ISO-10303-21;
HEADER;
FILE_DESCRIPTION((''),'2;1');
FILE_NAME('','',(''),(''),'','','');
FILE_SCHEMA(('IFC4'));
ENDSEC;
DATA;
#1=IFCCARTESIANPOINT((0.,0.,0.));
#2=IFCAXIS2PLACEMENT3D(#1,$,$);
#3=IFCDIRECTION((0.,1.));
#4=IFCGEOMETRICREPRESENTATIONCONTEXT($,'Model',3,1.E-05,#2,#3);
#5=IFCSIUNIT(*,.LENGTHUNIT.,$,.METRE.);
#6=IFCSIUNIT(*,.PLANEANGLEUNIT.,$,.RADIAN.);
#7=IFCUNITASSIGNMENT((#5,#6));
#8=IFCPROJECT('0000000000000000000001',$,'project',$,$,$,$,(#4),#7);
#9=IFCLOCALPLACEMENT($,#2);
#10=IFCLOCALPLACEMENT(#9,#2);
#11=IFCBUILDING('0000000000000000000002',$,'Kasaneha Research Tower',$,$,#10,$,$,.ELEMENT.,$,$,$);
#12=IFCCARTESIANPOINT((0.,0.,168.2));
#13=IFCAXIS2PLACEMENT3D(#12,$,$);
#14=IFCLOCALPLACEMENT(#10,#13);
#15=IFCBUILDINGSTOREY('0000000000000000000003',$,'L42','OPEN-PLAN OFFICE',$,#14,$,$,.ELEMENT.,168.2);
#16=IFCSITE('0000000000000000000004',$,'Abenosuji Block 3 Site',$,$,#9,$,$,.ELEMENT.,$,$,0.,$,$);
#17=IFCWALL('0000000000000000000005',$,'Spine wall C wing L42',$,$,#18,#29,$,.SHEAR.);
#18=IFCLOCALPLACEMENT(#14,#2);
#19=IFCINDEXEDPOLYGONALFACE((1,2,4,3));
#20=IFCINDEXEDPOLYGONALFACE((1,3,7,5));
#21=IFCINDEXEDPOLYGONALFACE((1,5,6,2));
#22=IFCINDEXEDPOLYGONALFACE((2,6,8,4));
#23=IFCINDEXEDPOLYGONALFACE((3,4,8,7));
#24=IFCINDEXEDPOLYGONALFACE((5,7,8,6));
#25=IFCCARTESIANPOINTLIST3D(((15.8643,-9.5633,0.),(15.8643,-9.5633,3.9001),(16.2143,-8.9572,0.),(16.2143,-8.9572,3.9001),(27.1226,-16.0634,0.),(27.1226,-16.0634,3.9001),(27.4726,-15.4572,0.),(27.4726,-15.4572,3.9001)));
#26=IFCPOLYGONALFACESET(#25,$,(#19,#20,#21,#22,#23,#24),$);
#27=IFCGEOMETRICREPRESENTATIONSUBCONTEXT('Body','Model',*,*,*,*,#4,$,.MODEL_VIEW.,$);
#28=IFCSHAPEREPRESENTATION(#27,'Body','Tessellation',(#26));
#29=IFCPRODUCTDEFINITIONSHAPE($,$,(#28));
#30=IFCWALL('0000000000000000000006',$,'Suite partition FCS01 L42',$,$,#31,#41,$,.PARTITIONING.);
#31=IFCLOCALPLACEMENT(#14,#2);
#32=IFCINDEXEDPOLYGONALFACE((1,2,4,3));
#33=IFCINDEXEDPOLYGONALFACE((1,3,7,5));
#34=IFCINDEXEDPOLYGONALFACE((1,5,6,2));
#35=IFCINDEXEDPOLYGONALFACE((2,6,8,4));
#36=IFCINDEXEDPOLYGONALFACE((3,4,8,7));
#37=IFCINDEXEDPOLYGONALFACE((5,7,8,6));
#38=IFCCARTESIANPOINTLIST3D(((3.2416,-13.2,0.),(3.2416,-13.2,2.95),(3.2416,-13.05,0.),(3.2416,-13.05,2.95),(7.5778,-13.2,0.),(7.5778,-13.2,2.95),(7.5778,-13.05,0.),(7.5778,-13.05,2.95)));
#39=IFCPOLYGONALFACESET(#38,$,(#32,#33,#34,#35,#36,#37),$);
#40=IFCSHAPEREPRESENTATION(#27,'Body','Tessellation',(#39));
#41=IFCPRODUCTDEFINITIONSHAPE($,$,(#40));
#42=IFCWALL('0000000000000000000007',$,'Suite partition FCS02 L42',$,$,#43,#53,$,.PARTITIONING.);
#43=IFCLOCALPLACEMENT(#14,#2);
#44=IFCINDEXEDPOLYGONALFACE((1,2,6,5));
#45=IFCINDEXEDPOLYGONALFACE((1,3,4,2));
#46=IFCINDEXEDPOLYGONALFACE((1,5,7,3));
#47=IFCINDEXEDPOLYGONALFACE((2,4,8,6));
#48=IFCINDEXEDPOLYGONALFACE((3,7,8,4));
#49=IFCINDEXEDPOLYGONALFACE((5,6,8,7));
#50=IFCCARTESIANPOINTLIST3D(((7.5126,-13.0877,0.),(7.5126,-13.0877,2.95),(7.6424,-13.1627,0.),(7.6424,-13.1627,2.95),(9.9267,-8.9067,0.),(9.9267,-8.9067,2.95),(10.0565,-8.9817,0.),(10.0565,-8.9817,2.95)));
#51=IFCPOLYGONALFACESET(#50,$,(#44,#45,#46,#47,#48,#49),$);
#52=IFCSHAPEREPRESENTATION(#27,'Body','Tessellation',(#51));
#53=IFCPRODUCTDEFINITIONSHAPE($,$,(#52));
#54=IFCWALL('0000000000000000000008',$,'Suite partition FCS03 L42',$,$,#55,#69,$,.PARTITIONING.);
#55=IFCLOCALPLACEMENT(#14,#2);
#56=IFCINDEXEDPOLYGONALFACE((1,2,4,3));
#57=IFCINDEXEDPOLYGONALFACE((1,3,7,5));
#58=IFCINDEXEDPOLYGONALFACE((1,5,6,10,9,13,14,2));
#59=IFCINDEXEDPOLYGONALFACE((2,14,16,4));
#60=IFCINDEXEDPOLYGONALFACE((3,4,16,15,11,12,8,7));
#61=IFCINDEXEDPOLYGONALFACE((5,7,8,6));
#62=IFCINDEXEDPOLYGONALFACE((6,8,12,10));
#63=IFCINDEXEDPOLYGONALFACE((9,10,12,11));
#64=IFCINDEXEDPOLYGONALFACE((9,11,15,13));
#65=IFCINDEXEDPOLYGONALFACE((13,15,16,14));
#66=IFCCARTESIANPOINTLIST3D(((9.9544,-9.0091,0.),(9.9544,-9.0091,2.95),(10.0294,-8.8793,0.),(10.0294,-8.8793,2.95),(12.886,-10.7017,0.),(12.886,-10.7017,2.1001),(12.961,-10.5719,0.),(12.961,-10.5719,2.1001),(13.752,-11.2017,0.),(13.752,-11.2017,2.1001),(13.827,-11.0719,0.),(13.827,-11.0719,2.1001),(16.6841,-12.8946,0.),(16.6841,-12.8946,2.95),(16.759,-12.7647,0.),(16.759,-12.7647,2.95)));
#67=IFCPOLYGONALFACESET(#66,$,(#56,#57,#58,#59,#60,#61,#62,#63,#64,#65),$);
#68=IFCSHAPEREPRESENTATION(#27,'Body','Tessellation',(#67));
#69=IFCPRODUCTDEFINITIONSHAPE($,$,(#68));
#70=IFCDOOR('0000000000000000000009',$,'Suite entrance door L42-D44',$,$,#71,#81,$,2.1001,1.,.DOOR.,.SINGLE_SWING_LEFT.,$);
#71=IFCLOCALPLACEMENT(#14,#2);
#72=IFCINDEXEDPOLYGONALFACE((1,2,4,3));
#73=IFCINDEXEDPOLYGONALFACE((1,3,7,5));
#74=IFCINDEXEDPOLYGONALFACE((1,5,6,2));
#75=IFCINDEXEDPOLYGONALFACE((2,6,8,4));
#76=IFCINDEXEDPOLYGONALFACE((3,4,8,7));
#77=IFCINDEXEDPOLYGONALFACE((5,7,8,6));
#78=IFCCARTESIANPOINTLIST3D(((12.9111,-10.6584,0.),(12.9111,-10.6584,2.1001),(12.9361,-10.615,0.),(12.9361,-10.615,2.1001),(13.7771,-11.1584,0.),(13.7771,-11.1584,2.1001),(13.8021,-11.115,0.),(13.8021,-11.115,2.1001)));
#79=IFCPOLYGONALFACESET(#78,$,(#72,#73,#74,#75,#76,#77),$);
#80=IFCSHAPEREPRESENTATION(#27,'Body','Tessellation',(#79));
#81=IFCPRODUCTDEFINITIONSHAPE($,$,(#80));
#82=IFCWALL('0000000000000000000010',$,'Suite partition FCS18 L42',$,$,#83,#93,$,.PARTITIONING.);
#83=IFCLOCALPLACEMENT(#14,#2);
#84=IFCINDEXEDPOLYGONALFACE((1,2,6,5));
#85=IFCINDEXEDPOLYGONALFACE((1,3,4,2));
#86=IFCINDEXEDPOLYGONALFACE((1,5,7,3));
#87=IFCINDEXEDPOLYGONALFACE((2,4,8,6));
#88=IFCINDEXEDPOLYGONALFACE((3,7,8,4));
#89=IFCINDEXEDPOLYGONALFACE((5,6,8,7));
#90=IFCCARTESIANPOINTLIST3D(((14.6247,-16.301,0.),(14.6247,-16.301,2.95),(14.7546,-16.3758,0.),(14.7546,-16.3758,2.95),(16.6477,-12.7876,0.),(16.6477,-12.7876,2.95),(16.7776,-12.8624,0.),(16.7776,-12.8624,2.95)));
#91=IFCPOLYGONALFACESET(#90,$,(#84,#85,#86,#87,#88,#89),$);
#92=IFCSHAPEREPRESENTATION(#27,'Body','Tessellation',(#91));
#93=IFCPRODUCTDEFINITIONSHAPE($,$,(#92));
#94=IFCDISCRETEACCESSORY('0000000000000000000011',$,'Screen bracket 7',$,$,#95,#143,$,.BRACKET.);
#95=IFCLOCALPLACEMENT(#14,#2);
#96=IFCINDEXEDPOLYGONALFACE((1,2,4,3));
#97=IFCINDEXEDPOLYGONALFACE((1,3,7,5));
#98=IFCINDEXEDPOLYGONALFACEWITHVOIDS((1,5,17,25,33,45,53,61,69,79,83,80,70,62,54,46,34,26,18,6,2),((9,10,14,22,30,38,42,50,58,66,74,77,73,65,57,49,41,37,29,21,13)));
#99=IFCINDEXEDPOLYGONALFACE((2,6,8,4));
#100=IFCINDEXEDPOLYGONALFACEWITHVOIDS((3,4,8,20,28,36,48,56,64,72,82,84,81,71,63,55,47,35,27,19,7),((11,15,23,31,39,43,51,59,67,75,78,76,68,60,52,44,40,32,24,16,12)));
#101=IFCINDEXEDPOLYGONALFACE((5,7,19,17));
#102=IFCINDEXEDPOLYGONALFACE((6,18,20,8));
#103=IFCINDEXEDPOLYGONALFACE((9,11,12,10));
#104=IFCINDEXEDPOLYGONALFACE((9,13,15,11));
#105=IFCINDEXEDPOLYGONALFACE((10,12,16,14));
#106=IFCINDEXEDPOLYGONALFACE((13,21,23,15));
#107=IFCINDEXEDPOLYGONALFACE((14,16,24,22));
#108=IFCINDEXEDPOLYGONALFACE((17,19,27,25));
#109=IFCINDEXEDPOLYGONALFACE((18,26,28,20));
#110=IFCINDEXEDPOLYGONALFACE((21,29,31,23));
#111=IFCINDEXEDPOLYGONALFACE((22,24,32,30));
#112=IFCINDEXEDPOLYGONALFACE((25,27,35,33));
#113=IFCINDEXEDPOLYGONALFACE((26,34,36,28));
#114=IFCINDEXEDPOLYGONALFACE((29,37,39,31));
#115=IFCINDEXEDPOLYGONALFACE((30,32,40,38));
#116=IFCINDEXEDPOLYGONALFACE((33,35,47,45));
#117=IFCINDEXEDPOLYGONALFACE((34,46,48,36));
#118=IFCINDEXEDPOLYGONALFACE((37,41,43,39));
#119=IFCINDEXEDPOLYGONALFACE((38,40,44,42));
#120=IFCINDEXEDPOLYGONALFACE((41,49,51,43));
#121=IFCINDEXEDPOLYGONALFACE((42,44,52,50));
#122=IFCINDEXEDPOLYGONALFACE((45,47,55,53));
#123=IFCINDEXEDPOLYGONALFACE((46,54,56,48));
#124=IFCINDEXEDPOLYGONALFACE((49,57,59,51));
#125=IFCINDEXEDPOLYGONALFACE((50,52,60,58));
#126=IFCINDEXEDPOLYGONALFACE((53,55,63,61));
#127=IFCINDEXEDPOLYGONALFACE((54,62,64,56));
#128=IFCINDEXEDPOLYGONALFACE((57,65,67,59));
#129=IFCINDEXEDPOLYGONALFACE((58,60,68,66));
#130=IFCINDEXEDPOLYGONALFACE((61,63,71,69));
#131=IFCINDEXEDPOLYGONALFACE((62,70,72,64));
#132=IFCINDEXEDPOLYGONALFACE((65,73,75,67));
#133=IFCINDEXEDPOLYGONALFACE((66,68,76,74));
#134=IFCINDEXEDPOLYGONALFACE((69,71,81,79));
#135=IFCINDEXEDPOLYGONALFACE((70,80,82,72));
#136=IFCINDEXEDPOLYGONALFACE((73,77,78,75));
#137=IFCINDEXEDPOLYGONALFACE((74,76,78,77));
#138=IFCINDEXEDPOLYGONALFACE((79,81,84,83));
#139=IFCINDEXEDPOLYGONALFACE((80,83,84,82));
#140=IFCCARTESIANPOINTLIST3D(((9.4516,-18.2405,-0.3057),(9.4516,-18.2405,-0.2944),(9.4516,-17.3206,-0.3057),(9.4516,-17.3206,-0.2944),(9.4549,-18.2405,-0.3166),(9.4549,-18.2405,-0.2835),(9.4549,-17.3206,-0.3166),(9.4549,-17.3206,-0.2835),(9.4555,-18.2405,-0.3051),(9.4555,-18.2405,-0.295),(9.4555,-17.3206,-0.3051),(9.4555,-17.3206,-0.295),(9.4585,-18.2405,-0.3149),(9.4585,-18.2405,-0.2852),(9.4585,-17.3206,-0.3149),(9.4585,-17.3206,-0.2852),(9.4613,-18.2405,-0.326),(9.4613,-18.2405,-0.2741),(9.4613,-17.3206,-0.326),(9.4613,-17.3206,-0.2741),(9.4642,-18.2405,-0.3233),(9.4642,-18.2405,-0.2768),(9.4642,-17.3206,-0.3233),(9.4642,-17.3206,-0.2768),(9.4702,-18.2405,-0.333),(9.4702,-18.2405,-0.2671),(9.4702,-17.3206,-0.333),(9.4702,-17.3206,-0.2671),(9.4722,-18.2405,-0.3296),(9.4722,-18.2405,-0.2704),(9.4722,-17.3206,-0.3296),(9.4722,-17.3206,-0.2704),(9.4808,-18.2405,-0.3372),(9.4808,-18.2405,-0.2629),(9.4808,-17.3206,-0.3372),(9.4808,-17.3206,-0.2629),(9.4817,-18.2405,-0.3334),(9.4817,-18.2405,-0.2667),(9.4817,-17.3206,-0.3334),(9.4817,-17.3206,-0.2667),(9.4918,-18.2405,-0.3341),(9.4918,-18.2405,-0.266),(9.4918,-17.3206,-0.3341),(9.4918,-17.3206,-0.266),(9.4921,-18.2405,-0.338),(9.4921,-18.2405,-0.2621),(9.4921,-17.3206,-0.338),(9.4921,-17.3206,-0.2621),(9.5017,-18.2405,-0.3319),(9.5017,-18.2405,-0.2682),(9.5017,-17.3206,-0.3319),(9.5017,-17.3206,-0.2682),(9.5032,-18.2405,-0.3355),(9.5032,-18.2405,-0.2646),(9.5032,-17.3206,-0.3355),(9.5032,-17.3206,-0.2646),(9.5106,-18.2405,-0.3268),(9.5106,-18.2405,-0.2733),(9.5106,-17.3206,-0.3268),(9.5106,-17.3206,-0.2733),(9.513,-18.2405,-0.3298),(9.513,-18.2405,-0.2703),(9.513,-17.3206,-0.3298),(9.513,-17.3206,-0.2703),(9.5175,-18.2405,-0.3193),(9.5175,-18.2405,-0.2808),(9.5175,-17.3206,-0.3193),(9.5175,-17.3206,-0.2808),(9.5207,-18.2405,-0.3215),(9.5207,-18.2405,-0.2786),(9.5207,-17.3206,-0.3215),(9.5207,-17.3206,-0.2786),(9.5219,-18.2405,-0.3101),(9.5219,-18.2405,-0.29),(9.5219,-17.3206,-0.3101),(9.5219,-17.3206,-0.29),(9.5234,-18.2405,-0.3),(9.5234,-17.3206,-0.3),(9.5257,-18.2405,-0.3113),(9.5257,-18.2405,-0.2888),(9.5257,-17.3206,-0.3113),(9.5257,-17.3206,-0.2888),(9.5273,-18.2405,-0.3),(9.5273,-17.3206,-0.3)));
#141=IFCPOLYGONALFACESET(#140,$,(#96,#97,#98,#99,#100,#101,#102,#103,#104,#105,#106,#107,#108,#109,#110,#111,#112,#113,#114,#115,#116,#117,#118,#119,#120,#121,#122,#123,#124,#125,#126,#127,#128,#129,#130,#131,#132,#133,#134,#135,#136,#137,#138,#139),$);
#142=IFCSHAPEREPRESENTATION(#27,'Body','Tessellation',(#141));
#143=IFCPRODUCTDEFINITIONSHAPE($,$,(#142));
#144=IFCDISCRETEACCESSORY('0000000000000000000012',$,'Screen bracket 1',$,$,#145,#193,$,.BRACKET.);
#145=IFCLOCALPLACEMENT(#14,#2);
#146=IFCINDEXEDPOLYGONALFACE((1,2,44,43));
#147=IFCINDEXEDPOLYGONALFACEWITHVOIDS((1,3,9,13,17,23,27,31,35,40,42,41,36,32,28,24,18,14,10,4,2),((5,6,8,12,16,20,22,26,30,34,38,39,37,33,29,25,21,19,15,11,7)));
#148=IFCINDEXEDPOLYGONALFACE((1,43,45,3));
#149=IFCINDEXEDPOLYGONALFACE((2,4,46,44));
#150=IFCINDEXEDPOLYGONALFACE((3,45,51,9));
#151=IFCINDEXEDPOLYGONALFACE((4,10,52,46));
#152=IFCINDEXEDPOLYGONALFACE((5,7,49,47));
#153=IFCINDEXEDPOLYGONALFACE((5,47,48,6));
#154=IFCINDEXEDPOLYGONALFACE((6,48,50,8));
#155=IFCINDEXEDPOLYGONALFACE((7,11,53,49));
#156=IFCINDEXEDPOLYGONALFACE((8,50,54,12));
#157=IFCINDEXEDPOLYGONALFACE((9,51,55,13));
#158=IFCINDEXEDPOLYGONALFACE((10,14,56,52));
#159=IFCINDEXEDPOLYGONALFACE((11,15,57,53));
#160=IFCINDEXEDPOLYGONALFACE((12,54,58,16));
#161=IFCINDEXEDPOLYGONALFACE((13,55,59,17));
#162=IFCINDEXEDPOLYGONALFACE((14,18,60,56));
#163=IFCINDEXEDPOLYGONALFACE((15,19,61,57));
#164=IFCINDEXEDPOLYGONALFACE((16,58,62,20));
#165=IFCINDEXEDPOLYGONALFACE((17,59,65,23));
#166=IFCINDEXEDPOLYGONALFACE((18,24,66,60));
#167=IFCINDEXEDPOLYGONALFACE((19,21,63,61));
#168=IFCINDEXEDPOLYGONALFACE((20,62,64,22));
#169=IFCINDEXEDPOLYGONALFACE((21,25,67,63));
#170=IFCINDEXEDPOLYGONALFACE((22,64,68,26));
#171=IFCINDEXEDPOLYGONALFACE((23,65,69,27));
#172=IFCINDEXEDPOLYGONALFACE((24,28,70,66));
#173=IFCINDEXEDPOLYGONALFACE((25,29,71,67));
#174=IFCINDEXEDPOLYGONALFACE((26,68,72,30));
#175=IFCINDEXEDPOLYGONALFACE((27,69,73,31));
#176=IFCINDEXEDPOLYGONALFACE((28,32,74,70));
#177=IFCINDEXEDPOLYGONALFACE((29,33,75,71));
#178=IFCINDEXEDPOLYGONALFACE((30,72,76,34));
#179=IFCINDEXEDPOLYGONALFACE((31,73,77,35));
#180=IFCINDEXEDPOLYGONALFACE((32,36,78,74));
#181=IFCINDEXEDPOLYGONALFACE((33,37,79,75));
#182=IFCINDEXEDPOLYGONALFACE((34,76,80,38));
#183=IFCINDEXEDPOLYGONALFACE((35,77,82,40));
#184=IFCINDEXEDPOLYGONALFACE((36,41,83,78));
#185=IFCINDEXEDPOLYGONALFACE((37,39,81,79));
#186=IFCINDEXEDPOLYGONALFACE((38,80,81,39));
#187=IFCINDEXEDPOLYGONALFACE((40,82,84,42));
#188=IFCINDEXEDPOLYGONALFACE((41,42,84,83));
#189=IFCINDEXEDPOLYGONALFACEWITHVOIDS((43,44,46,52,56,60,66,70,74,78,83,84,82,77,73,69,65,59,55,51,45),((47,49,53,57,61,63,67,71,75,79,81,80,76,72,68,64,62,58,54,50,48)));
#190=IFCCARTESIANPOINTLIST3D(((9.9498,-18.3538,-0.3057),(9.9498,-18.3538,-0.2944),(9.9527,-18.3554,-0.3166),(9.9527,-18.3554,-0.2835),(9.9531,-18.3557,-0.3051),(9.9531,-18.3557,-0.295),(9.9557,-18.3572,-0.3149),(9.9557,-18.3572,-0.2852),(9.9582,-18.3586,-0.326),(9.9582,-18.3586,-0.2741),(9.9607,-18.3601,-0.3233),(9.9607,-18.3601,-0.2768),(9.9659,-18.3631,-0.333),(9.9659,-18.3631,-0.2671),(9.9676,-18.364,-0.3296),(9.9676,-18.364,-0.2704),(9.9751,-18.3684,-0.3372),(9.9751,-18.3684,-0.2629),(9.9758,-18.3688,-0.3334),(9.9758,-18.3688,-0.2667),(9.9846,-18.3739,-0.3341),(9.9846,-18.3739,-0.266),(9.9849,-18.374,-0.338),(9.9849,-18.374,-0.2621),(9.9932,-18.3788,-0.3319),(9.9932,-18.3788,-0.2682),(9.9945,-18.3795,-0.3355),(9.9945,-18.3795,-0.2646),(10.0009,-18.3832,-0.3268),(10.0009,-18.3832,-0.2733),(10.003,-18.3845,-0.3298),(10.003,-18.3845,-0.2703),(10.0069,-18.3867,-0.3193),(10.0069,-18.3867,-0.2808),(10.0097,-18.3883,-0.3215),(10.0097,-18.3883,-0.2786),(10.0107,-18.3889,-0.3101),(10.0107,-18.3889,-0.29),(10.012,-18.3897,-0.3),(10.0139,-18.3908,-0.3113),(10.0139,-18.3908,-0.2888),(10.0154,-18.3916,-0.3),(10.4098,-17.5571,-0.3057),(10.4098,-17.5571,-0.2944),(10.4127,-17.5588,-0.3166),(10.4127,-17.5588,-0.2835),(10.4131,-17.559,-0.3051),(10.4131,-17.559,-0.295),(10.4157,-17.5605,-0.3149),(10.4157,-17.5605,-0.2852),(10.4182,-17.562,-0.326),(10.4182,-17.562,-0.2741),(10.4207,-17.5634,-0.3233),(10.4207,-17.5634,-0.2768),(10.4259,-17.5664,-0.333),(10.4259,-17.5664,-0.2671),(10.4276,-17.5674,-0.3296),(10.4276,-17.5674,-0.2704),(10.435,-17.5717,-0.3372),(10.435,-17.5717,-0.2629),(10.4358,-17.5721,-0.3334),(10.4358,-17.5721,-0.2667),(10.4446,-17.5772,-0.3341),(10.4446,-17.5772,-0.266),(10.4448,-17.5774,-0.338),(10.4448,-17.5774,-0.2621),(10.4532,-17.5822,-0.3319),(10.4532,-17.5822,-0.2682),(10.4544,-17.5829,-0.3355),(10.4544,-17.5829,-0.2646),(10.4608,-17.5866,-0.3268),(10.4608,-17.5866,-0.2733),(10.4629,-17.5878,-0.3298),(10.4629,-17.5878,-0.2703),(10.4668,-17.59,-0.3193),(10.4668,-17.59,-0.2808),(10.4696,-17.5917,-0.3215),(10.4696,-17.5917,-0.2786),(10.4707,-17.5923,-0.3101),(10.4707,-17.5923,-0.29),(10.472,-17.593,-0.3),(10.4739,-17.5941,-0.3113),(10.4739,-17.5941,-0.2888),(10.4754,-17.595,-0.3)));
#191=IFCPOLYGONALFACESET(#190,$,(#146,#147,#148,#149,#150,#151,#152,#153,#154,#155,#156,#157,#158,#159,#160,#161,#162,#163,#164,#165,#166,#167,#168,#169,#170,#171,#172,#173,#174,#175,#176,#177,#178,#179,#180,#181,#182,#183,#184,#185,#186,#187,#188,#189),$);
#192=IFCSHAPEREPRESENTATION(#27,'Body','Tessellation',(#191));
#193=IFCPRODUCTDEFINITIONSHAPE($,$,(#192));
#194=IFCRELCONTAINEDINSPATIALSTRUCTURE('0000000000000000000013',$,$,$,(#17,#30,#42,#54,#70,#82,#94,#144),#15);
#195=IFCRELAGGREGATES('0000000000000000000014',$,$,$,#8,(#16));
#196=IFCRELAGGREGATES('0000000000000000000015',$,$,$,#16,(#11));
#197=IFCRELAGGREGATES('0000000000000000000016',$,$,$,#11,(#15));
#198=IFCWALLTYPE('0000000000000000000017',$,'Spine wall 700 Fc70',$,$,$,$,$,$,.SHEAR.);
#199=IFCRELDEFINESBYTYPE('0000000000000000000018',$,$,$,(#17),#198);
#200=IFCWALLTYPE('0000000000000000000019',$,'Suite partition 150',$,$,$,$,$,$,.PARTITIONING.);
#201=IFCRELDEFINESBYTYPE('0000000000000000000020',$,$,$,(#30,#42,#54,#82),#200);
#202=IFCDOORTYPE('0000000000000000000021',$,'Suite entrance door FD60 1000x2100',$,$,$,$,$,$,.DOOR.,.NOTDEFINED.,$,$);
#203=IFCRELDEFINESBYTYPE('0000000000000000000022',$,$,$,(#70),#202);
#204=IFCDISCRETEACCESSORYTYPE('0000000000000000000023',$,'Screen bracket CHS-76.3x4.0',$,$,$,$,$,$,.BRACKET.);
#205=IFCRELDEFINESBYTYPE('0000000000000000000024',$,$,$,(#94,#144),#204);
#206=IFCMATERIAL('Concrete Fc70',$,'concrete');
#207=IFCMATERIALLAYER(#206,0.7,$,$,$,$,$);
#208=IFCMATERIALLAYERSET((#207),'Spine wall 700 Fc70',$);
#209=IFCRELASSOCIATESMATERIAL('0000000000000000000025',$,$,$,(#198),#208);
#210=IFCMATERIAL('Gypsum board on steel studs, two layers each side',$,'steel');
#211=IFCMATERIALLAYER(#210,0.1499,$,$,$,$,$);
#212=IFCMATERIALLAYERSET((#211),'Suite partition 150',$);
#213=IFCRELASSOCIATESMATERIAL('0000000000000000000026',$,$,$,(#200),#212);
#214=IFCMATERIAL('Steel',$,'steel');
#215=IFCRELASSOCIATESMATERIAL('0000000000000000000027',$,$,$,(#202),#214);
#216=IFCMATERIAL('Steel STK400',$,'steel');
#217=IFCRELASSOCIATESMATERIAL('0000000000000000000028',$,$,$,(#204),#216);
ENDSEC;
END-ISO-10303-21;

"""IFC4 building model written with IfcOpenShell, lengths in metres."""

from ifc_helpers import new_model, si_unit, direction, frame, frame_2d, origin, origin_2d, place, context, subcontext, project, spatial, rectangle, hollow_circle, extrude, material, layer, layer_set, material_profile, profile_set, type_object, element, fill, save


model = new_model("IFC4")

# Units and contexts
model_context = context("Model", 3, precision=1e-05, world=origin(), true_north=direction((0.0, 1.0)))
body_context = subcontext(model_context, "Body", "Model", "MODEL_VIEW")
ifc_project = project(units=[si_unit("LENGTHUNIT", "METRE"), si_unit("PLANEANGLEUNIT", "RADIAN")], contexts=[model_context])

# Site, building, storey
site_placement = place(None, origin())
site = spatial("IfcSite", under=ifc_project, at=site_placement, Name="Abenosuji Block 3 Site", CompositionType="ELEMENT", RefElevation=0.0)
building_placement = place(site_placement, origin())
building = spatial("IfcBuilding", under=site, at=building_placement, Name="Kasaneha Research Tower", CompositionType="ELEMENT")
storey_placement = place(building_placement, frame((0.0, 0.0, 168.2)))
storey = spatial("IfcBuildingStorey", under=building, at=storey_placement, Name="L42", Description="OPEN-PLAN OFFICE", CompositionType="ELEMENT", Elevation=168.2)

# Shared definitions
ifc_material_1 = material(Name="Concrete Fc70", Category="concrete")
ifc_layer_1 = layer(ifc_material_1, 0.7)
ifc_layer_set_1 = layer_set([ifc_layer_1], Name="Spine wall 700 Fc70")
wall_type_1 = type_object("IfcWallType", Name="Spine wall 700 Fc70", PredefinedType="SHEAR", material=ifc_layer_set_1)

# Walls
wall_1_placement = place(storey_placement, frame((16.0393, -9.2603, 0.0), z_axis=(0.0, 0.0, 1.0), x_axis=(0.866025, -0.500001, 0.0)))
element("IfcWall", 1, at=wall_1_placement, inside=storey, type_object=wall_type_1, Name="Spine wall C wing L42", PredefinedType="SHEAR", context=body_context, shape_type="SweptSolid", body=[
    extrude(rectangle(XDim=13.0, YDim=0.7, at=frame_2d((6.5, 0.0))), origin(), (0.0, 0.0, 1.0), 3.9001),
])
ifc_material_2 = material(Name="Gypsum board on steel studs, two layers each side", Category="steel")
ifc_layer_2 = layer(ifc_material_2, 0.1499)
ifc_layer_set_2 = layer_set([ifc_layer_2], Name="Suite partition 150")
wall_type_2 = type_object("IfcWallType", Name="Suite partition 150", PredefinedType="PARTITIONING", material=ifc_layer_set_2)
wall_2_placement = place(storey_placement, frame((7.5776, -13.125, 0.0), z_axis=(0.0, 0.0, 1.0), x_axis=(-1.0, 0.0, 0.0)))
element("IfcWall", 2, at=wall_2_placement, inside=storey, type_object=wall_type_2, Name="Suite partition FCS01 L42", PredefinedType="PARTITIONING", context=body_context, shape_type="SweptSolid", body=[
    extrude(rectangle(XDim=4.3362, YDim=0.1499, at=frame_2d((2.168, 0.0))), origin(), (0.0, 0.0, 1.0), 2.95),
])
wall_3_placement = place(storey_placement, frame((9.9917, -8.9441, 0.0), z_axis=(0.0, 0.0, 1.0), x_axis=(-0.500033, -0.866006, 0.0)))
element("IfcWall", 3, at=wall_3_placement, inside=storey, type_object=wall_type_2, Name="Suite partition FCS02 L42", PredefinedType="PARTITIONING", context=body_context, shape_type="SweptSolid", body=[
    extrude(rectangle(XDim=4.8279, YDim=0.1499, at=frame_2d((2.4141, 0.0))), origin(), (0.0, 0.0, 1.0), 2.95),
])

# Wall, opening, door
wall_4_placement = place(storey_placement, frame((16.7214, -12.8296, 0.0), z_axis=(0.0, 0.0, 1.0), x_axis=(-0.866021, 0.500008, 0.0)))
wall_4 = element("IfcWall", 4, at=wall_4_placement, inside=storey, type_object=wall_type_2, Name="Suite partition FCS03 L42", PredefinedType="PARTITIONING", context=body_context, shape_type="SweptSolid", body=[
    extrude(rectangle(XDim=7.7708, YDim=0.1499, at=frame_2d((3.8853, 0.0))), origin(), (0.0, 0.0, 1.0), 2.95),
])
opening_1_placement = place(wall_4_placement, frame((3.3855, 0.0, 0.0)))
opening_1 = element("IfcOpeningElement", 5, at=opening_1_placement, cuts=wall_4, PredefinedType="OPENING", context=body_context, shape_type="SweptSolid", body=[
    extrude(rectangle(XDim=1.0, YDim=2.1001, at=frame_2d((0.5, 1.05))), frame((0.0, 0.085, 0.0), z_axis=(0.0, -1.0, 0.0), x_axis=(1.0, 0.0, 0.0)), (0.0, 0.0, 1.0), 0.1699),
])
ifc_material_3 = material(Name="Steel", Category="steel")
door_type_1 = type_object("IfcDoorType", Name="Suite entrance door FD60 1000x2100", OperationType="NOTDEFINED", PredefinedType="DOOR", material=ifc_material_3)
door_1_placement = place(opening_1_placement, origin())
door_1 = element("IfcDoor", 6, at=door_1_placement, inside=storey, type_object=door_type_1, Name="Suite entrance door L42-D44", OperationType="SINGLE_SWING_LEFT", OverallHeight=2.1001, OverallWidth=1.0, PredefinedType="DOOR", context=body_context, shape_type="SweptSolid", body=[
    extrude(rectangle(XDim=1.0, YDim=2.1001, at=frame_2d((0.5, 1.05))), frame((0.0, 0.0249, 0.0), z_axis=(0.0, -1.0, 0.0), x_axis=(1.0, 0.0, 0.0)), (0.0, 0.0, 1.0), 0.05),
])
fill(opening_1, door_1)

# Wall
wall_5_placement = place(storey_placement, frame((16.7126, -12.825, 0.0), z_axis=(0.0, 0.0, 1.0), x_axis=(-0.498977, -0.866615, 0.0)))
element("IfcWall", 7, at=wall_5_placement, inside=storey, type_object=wall_type_2, Name="Suite partition FCS18 L42", PredefinedType="PARTITIONING", context=body_context, shape_type="SweptSolid", body=[
    extrude(rectangle(XDim=4.0542, YDim=0.1499, at=frame_2d((2.0271, 0.0))), origin(), (0.0, 0.0, 1.0), 2.95),
])

# Discrete accessories
ifc_material_4 = material(Name="Steel STK400", Category="steel")
ifc_material_profile_1 = material_profile(ifc_material_4, hollow_circle(Radius=0.0381, WallThickness=0.0039, at=origin_2d()), Name="CHS-76.3x4.0")
ifc_profile_set_1 = profile_set([ifc_material_profile_1], Name="Steel STK400")
discrete_accessory_type = type_object("IfcDiscreteAccessoryType", Name="Screen bracket CHS-76.3x4.0", PredefinedType="BRACKET", material=ifc_profile_set_1)
for number, where, z_axis, x_axis, name in (
    (8, (9.4893, -17.3206, -0.3), (0.0, -1.0, 0.0), (1.0, 0.0, 0.0), "Screen bracket 7"),
    (9, (10.4424, -17.5759, -0.3), (-0.500021, -0.866013, 0.0), (0.866013, -0.500021, 0.0), "Screen bracket 1"),
):
    element("IfcDiscreteAccessory", number, at=place(storey_placement, frame(where, z_axis=z_axis, x_axis=x_axis)), inside=storey, type_object=discrete_accessory_type, Name=name, PredefinedType="BRACKET", context=body_context, shape_type="SweptSolid", body=[
        extrude(hollow_circle(Radius=0.0381, WallThickness=0.0039, at=origin_2d()), origin(), (0.0, 0.0, 1.0), 0.9199),
    ])

save(model, "model.ifc")
